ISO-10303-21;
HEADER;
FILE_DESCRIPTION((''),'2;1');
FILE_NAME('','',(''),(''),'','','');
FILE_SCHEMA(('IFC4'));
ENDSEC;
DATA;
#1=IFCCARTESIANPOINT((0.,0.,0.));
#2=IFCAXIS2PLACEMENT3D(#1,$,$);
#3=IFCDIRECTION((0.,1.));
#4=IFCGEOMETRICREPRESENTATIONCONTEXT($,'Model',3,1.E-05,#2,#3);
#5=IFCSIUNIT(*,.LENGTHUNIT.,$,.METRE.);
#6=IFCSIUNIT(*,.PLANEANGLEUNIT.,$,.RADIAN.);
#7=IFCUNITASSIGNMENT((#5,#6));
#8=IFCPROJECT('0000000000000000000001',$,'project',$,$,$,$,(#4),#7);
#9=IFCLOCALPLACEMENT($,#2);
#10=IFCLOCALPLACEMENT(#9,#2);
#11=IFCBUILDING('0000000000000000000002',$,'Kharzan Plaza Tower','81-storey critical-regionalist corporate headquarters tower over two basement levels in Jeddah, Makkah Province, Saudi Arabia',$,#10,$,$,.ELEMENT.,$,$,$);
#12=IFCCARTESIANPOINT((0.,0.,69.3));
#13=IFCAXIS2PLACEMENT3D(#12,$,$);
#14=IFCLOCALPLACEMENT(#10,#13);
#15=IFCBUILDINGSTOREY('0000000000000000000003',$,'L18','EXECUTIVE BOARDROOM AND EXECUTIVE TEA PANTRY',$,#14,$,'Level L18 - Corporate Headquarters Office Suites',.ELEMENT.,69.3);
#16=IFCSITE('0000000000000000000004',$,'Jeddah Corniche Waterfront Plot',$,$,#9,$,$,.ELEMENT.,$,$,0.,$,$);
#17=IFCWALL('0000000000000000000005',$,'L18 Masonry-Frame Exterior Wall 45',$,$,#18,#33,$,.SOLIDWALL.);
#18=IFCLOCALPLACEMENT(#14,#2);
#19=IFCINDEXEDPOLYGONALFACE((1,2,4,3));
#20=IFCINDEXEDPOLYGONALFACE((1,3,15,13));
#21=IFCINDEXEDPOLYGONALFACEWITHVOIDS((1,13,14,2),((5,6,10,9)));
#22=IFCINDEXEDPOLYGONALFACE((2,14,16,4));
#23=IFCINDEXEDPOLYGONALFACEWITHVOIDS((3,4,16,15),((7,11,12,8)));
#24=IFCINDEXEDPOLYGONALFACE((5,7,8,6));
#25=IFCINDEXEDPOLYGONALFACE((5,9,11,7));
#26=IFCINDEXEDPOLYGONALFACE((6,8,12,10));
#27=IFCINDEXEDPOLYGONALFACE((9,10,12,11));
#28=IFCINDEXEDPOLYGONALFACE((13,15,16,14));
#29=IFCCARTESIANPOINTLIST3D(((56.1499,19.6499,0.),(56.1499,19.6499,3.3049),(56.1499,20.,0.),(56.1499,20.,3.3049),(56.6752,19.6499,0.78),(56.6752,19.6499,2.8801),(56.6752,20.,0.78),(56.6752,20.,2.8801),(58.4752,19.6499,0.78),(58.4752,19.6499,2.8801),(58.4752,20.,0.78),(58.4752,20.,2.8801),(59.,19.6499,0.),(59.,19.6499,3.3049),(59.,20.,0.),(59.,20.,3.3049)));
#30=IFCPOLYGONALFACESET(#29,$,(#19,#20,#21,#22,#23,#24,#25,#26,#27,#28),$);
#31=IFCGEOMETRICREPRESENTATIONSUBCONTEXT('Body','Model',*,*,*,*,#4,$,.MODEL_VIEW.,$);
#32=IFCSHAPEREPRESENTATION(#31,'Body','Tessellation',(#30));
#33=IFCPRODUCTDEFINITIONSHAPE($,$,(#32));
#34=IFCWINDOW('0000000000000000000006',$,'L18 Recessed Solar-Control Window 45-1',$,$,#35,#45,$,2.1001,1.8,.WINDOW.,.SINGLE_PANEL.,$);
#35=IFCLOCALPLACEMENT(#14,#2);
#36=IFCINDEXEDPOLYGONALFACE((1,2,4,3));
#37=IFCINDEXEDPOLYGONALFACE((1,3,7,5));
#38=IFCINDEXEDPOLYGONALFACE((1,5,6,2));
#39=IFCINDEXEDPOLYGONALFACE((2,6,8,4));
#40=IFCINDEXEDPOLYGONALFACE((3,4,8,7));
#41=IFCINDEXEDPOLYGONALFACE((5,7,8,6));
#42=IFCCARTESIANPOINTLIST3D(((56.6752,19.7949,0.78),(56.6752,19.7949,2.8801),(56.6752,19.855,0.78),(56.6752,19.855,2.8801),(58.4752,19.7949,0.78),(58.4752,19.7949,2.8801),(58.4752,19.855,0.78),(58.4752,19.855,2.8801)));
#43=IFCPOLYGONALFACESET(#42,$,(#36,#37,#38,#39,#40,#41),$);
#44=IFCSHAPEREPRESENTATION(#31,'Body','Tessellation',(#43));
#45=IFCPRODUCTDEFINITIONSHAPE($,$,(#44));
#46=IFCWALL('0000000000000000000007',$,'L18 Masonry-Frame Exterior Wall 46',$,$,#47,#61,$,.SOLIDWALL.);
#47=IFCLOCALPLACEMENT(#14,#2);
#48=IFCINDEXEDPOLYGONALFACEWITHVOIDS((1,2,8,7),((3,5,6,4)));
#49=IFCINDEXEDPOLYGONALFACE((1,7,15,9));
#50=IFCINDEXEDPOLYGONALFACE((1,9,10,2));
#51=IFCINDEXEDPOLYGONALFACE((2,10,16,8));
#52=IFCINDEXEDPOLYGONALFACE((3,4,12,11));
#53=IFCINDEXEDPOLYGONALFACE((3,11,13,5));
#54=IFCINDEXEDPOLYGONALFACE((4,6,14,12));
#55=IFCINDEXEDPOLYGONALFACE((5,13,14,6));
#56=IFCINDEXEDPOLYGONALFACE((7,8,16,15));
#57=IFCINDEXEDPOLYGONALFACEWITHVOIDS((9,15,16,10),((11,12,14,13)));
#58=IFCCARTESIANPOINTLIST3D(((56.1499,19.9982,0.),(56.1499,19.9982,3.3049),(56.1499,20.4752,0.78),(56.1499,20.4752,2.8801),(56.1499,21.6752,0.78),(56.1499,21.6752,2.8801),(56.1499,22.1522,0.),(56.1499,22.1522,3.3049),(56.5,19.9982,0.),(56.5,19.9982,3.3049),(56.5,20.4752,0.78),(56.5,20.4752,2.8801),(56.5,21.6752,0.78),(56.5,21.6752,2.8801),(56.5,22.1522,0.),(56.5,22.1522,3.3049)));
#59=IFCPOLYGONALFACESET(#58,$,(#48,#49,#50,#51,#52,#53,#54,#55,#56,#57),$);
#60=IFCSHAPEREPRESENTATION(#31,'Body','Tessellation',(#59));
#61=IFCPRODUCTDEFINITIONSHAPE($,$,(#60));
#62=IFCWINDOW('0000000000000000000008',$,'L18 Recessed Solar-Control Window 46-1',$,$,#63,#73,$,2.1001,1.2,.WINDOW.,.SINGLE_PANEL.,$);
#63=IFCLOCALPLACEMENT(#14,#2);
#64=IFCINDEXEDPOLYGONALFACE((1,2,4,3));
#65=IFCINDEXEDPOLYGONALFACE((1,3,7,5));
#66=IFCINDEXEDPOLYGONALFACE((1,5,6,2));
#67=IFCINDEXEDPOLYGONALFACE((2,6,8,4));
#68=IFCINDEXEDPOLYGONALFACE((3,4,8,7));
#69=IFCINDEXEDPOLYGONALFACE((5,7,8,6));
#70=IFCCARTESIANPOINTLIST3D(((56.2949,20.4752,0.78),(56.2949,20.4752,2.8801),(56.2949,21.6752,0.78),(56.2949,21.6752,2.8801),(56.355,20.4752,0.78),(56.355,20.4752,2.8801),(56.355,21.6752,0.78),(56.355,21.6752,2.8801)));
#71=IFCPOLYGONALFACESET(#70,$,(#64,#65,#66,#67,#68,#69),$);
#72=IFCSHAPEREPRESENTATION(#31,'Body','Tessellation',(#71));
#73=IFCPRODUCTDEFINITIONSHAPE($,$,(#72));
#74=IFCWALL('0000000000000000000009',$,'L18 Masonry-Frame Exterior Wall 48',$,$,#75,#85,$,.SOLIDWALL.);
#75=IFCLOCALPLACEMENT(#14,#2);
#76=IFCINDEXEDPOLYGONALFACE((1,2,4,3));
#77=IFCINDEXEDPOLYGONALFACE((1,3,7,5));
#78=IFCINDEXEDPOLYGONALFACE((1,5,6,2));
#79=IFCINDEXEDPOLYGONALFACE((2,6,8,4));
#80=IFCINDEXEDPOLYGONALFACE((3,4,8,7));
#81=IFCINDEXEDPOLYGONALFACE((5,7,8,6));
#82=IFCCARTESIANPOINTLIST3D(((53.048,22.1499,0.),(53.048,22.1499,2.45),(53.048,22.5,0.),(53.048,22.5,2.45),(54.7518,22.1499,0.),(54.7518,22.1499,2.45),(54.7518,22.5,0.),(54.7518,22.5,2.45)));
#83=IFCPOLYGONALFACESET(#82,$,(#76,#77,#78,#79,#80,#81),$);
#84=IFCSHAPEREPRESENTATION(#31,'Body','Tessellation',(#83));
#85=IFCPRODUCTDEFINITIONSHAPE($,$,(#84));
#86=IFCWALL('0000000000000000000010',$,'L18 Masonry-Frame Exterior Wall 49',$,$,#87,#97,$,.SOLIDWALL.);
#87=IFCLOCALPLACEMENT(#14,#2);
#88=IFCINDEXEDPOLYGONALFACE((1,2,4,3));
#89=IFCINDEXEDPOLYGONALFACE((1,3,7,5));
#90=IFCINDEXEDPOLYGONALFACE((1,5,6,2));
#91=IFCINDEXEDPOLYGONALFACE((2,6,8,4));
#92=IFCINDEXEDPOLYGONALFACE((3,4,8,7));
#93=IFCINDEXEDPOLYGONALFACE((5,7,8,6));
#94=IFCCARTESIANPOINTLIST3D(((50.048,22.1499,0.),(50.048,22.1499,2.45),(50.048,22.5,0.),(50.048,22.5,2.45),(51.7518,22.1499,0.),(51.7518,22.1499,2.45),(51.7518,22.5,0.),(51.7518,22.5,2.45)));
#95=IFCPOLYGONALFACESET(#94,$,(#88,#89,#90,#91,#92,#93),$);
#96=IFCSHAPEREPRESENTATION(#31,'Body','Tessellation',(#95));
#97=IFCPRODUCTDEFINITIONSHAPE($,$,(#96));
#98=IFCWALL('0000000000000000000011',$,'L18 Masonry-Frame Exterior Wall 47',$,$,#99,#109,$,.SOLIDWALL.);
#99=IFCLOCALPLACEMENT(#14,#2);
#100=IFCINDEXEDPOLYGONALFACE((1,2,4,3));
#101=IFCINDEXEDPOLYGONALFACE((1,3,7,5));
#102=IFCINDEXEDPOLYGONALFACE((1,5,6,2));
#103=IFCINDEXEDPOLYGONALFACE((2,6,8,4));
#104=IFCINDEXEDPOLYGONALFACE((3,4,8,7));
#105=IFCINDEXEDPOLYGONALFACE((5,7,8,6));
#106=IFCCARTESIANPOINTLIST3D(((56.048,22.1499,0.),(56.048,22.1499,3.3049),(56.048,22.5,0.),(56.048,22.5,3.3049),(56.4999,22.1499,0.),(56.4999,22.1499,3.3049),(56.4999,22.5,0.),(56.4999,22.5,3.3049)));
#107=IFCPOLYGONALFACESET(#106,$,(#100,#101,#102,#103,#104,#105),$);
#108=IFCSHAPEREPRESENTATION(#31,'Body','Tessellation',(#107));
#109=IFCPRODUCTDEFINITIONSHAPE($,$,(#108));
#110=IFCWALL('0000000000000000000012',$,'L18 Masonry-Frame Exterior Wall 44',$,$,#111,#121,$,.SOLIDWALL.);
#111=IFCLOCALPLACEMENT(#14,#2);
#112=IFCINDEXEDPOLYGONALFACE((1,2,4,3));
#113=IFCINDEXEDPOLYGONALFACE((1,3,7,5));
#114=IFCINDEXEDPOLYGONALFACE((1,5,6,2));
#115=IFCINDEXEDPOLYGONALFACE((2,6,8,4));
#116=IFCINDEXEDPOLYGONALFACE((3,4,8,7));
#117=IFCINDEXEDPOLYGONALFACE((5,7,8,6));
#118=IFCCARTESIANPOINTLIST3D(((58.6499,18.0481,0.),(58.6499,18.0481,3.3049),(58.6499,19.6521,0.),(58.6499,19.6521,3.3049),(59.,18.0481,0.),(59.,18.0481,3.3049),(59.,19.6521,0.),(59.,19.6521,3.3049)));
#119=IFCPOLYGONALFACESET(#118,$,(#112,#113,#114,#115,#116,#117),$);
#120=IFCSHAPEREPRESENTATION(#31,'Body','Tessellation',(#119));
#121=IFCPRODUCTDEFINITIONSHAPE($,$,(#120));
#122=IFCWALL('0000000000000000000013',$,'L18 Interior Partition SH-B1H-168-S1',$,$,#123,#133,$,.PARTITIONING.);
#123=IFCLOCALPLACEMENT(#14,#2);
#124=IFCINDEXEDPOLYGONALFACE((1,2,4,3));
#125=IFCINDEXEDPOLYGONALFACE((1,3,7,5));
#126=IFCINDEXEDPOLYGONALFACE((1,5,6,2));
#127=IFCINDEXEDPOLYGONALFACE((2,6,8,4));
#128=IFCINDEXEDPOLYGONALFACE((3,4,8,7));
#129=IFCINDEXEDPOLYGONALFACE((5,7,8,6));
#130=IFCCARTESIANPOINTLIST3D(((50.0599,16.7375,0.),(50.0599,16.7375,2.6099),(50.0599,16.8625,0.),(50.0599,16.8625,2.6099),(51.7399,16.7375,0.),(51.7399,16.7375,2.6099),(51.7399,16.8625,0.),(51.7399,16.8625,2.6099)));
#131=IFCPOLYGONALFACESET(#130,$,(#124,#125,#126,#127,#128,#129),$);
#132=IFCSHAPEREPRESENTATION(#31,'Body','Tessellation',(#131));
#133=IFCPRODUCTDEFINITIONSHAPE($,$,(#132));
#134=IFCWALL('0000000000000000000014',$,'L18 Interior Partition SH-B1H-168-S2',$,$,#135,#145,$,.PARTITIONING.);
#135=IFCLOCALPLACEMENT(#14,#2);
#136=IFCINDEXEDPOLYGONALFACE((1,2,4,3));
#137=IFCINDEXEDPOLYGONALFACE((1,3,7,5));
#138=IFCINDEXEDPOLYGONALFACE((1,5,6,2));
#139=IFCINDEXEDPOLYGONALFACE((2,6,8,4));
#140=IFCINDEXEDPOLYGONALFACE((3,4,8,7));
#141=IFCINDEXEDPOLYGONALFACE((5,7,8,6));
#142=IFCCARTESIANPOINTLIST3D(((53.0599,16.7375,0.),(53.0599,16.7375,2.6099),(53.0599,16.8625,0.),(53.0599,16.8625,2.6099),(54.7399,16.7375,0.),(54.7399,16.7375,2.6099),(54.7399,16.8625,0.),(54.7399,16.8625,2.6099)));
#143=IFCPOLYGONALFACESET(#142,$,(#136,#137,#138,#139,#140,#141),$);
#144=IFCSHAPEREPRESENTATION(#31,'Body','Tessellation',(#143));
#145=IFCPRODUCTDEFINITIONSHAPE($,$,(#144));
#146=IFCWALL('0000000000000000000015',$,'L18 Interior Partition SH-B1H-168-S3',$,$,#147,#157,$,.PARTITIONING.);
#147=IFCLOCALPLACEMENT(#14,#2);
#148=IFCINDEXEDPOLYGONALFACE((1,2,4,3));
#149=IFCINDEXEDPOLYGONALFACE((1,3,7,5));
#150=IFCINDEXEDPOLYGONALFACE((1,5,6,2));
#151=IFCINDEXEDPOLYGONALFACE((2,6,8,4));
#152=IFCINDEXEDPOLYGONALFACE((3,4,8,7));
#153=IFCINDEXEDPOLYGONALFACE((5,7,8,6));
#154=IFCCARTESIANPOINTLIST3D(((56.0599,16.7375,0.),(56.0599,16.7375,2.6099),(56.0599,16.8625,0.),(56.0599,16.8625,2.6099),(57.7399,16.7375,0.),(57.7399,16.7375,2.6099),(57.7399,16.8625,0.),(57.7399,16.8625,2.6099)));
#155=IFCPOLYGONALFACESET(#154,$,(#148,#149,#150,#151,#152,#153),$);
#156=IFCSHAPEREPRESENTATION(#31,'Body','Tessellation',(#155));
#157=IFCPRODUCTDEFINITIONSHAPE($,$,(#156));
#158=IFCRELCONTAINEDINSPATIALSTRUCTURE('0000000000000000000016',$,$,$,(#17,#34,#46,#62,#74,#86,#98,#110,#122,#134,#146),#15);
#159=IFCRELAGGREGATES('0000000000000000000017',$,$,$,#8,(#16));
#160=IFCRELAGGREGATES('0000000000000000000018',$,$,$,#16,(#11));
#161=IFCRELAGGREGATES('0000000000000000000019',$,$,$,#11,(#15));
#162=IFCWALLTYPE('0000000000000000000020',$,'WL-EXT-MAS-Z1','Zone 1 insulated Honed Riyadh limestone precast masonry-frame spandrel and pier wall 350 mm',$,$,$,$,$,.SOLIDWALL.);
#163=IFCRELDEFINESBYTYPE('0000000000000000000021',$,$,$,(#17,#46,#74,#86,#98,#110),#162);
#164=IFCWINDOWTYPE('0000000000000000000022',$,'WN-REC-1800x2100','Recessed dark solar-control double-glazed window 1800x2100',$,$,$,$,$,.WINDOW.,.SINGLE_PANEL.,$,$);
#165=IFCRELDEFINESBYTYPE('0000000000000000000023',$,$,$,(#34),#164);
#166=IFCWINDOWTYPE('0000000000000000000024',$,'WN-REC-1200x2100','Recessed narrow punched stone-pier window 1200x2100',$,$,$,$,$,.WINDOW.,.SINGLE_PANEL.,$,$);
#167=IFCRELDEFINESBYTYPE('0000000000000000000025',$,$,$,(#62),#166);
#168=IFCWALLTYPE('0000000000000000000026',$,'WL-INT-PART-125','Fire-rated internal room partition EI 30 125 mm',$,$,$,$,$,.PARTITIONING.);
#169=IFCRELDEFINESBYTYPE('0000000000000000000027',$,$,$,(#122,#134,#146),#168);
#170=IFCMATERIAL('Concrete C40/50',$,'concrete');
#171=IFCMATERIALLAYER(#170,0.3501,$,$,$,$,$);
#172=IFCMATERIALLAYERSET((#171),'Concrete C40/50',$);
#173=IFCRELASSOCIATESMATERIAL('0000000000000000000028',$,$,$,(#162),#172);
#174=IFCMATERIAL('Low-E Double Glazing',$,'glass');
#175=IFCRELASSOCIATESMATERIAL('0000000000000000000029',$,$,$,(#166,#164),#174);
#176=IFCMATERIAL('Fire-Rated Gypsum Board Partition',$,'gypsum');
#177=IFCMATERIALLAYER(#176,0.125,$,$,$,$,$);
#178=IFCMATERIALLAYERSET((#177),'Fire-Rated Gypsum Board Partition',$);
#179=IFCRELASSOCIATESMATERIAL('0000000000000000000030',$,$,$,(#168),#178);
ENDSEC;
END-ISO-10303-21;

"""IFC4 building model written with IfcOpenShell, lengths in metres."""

from ifc_helpers import new_model, si_unit, direction, frame, frame_2d, origin, place, context, subcontext, project, spatial, rectangle, extrude, source, transform, mapped, material, layer, layer_set, type_object, element, fill, save


model = new_model("IFC4")

# Units and contexts
model_context = context("Model", 3, precision=1e-05, world=origin(), true_north=direction((0.0, 1.0)))
body_context = subcontext(model_context, "Body", "Model", "MODEL_VIEW")
ifc_project = project(units=[si_unit("LENGTHUNIT", "METRE"), si_unit("PLANEANGLEUNIT", "RADIAN")], contexts=[model_context])

# Site, building, storey
site_placement = place(None, origin())
site = spatial("IfcSite", under=ifc_project, at=site_placement, Name="Jeddah Corniche Waterfront Plot", CompositionType="ELEMENT", RefElevation=0.0)
building_placement = place(site_placement, origin())
building = spatial("IfcBuilding", under=site, at=building_placement, Name="Kharzan Plaza Tower", Description="81-storey critical-regionalist corporate headquarters tower over two basement levels in Jeddah, Makkah Province, Saudi Arabia", CompositionType="ELEMENT")
storey_placement = place(building_placement, frame((0.0, 0.0, 69.3)))
storey = spatial("IfcBuildingStorey", under=building, at=storey_placement, Name="L18", Description="EXECUTIVE BOARDROOM AND EXECUTIVE TEA PANTRY", LongName="Level L18 - Corporate Headquarters Office Suites", CompositionType="ELEMENT", Elevation=69.3)

# Walls, openings, windows
ifc_material_1 = material(Name="Concrete C40/50", Category="concrete")
ifc_layer_1 = layer(ifc_material_1, 0.3501)
ifc_layer_set_1 = layer_set([ifc_layer_1], Name="Concrete C40/50")
wall_type_1 = type_object("IfcWallType", Name="WL-EXT-MAS-Z1", Description="Zone 1 insulated Honed Riyadh limestone precast masonry-frame spandrel and pier wall 350 mm", PredefinedType="SOLIDWALL", material=ifc_layer_set_1)
ifc_material_2 = material(Name="Low-E Double Glazing", Category="glass")
window_type_1 = type_object("IfcWindowType", Name="WN-REC-1200x2100", Description="Recessed narrow punched stone-pier window 1200x2100", PartitioningType="SINGLE_PANEL", PredefinedType="WINDOW", material=ifc_material_2)
wall_1_placement = place(storey_placement, frame((59.0, 19.825, 0.0), z_axis=(0.0, 0.0, 1.0), x_axis=(-1.0, 0.0, 0.0)))
wall_1 = element("IfcWall", 1, at=wall_1_placement, inside=storey, type_object=wall_type_1, Name="L18 Masonry-Frame Exterior Wall 45", PredefinedType="SOLIDWALL", context=body_context, shape_type="SweptSolid", body=[
    extrude(rectangle(XDim=2.8501, YDim=0.3501, at=frame_2d((1.425, 0.0))), origin(), (0.0, 0.0, 1.0), 3.3049),
])
opening_1_placement = place(wall_1_placement, frame((0.5249, 0.0, 0.78)))
opening_1 = element("IfcOpeningElement", 2, at=opening_1_placement, cuts=wall_1, PredefinedType="OPENING", context=body_context, shape_type="SweptSolid", body=[
    extrude(rectangle(XDim=1.8, YDim=2.1001, at=frame_2d((0.8999, 1.05))), frame((0.0, 0.1851, 0.0), z_axis=(0.0, -1.0, 0.0), x_axis=(1.0, 0.0, 0.0)), (0.0, 0.0, 1.0), 0.3701),
])
window_type_2 = type_object("IfcWindowType", Name="WN-REC-1800x2100", Description="Recessed dark solar-control double-glazed window 1800x2100", PartitioningType="SINGLE_PANEL", PredefinedType="WINDOW", material=ifc_material_2)
shared_shape_1 = source(origin(), body_context, "Body", "SweptSolid", [
    extrude(rectangle(XDim=1.8, YDim=2.1001, at=frame_2d((0.8999, 1.05))), frame((0.0, 0.03, 0.0), z_axis=(0.0, -1.0, 0.0), x_axis=(1.0, 0.0, 0.0)), (0.0, 0.0, 1.0), 0.0601),
])
window_1_placement = place(opening_1_placement, origin())
window_1 = element("IfcWindow", 3, at=window_1_placement, inside=storey, type_object=window_type_2, Name="L18 Recessed Solar-Control Window 45-1", OverallHeight=2.1001, OverallWidth=1.8, PartitioningType="SINGLE_PANEL", PredefinedType="WINDOW", context=body_context, shape_type="MappedRepresentation", body=[
    mapped(shared_shape_1, transform((0.0, 0.0, 0.0), x_axis=(1.0, 0.0, 0.0), y_axis=(0.0, 1.0, 0.0), z_axis=(0.0, 0.0, 1.0))),
])
fill(opening_1, window_1)
wall_2_placement = place(storey_placement, frame((56.325, 19.998, 0.0), z_axis=(0.0, 0.0, 1.0), x_axis=(0.0, 1.0, 0.0)))
wall_2 = element("IfcWall", 4, at=wall_2_placement, inside=storey, type_object=wall_type_1, Name="L18 Masonry-Frame Exterior Wall 46", PredefinedType="SOLIDWALL", context=body_context, shape_type="SweptSolid", body=[
    extrude(rectangle(XDim=2.1541, YDim=0.3501, at=frame_2d((1.0771, 0.0))), origin(), (0.0, 0.0, 1.0), 3.3049),
])
opening_2_placement = place(wall_2_placement, frame((0.4771, 0.0, 0.78)))
opening_2 = element("IfcOpeningElement", 5, at=opening_2_placement, cuts=wall_2, PredefinedType="OPENING", context=body_context, shape_type="SweptSolid", body=[
    extrude(rectangle(XDim=1.2, YDim=2.1001, at=frame_2d((0.6001, 1.05))), frame((0.0, 0.1851, 0.0), z_axis=(0.0, -1.0, 0.0), x_axis=(1.0, 0.0, 0.0)), (0.0, 0.0, 1.0), 0.3701),
])
shared_shape_2 = source(origin(), body_context, "Body", "SweptSolid", [
    extrude(rectangle(XDim=1.2, YDim=2.1001, at=frame_2d((0.6001, 1.05))), frame((0.0, 0.03, 0.0), z_axis=(0.0, -1.0, 0.0), x_axis=(1.0, 0.0, 0.0)), (0.0, 0.0, 1.0), 0.0601),
])
window_2_placement = place(opening_2_placement, origin())
window_2 = element("IfcWindow", 6, at=window_2_placement, inside=storey, type_object=window_type_1, Name="L18 Recessed Solar-Control Window 46-1", OverallHeight=2.1001, OverallWidth=1.2, PartitioningType="SINGLE_PANEL", PredefinedType="WINDOW", context=body_context, shape_type="MappedRepresentation", body=[
    mapped(shared_shape_2, transform((0.0, 0.0, 0.0), x_axis=(1.0, 0.0, 0.0), y_axis=(0.0, 1.0, 0.0), z_axis=(0.0, 0.0, 1.0))),
])
fill(opening_2, window_2)

# Walls
shared_shape_3 = source(origin(), body_context, "Body", "SweptSolid", [
    extrude(rectangle(XDim=1.7039, YDim=0.3501, at=frame_2d((0.8521, 0.0))), origin(), (0.0, 0.0, 1.0), 2.45),
])
for number, where, z_axis, x_axis, name in (
    (7, (54.752, 22.325, 0.0), (0.0, 0.0, 1.0), (-1.0, 0.0, 0.0), "L18 Masonry-Frame Exterior Wall 48"),
    (8, (51.752, 22.325, 0.0), (0.0, 0.0, 1.0), (-1.0, 0.0, 0.0), "L18 Masonry-Frame Exterior Wall 49"),
):
    element("IfcWall", number, at=place(storey_placement, frame(where, z_axis=z_axis, x_axis=x_axis)), inside=storey, type_object=wall_type_1, Name=name, PredefinedType="SOLIDWALL", context=body_context, shape_type="MappedRepresentation", body=[
        mapped(shared_shape_3, transform((0.0, 0.0, 0.0), x_axis=(1.0, 0.0, 0.0), y_axis=(0.0, 1.0, 0.0), z_axis=(0.0, 0.0, 1.0))),
    ])
shared_shape_4 = source(origin(), body_context, "Body", "SweptSolid", [
    extrude(rectangle(XDim=0.4519, YDim=0.3501, at=frame_2d((0.2261, 0.0))), origin(), (0.0, 0.0, 1.0), 3.3049),
])
wall_3_placement = place(storey_placement, frame((56.5, 22.325, 0.0), z_axis=(0.0, 0.0, 1.0), x_axis=(-1.0, 0.0, 0.0)))
element("IfcWall", 9, at=wall_3_placement, inside=storey, type_object=wall_type_1, Name="L18 Masonry-Frame Exterior Wall 47", PredefinedType="SOLIDWALL", context=body_context, shape_type="MappedRepresentation", body=[
    mapped(shared_shape_4, transform((0.0, 0.0, 0.0), x_axis=(1.0, 0.0, 0.0), y_axis=(0.0, 1.0, 0.0), z_axis=(0.0, 0.0, 1.0))),
])
shared_shape_5 = source(origin(), body_context, "Body", "SweptSolid", [
    extrude(rectangle(XDim=1.604, YDim=0.3501, at=frame_2d((0.802, 0.0))), origin(), (0.0, 0.0, 1.0), 3.3049),
])
wall_4_placement = place(storey_placement, frame((58.825, 18.0481, 0.0), z_axis=(0.0, 0.0, 1.0), x_axis=(0.0, 1.0, 0.0)))
element("IfcWall", 10, at=wall_4_placement, inside=storey, type_object=wall_type_1, Name="L18 Masonry-Frame Exterior Wall 44", PredefinedType="SOLIDWALL", context=body_context, shape_type="MappedRepresentation", body=[
    mapped(shared_shape_5, transform((0.0, 0.0, 0.0), x_axis=(1.0, 0.0, 0.0), y_axis=(0.0, 1.0, 0.0), z_axis=(0.0, 0.0, 1.0))),
])
ifc_material_3 = material(Name="Fire-Rated Gypsum Board Partition", Category="gypsum")
ifc_layer_2 = layer(ifc_material_3, 0.125)
ifc_layer_set_2 = layer_set([ifc_layer_2], Name="Fire-Rated Gypsum Board Partition")
wall_type_2 = type_object("IfcWallType", Name="WL-INT-PART-125", Description="Fire-rated internal room partition EI 30 125 mm", PredefinedType="PARTITIONING", material=ifc_layer_set_2)
shared_shape_6 = source(origin(), body_context, "Body", "SweptSolid", [
    extrude(rectangle(XDim=1.6799, YDim=0.125, at=frame_2d((0.8398, 0.0))), origin(), (0.0, 0.0, 1.0), 2.6099),
])
for number, where, z_axis, x_axis, name in (
    (11, (50.0601, 16.8, 0.0), (0.0, 0.0, 1.0), (1.0, 0.0, 0.0), "L18 Interior Partition SH-B1H-168-S1"),
    (12, (53.0601, 16.8, 0.0), (0.0, 0.0, 1.0), (1.0, 0.0, 0.0), "L18 Interior Partition SH-B1H-168-S2"),
    (13, (56.0601, 16.8, 0.0), (0.0, 0.0, 1.0), (1.0, 0.0, 0.0), "L18 Interior Partition SH-B1H-168-S3"),
):
    element("IfcWall", number, at=place(storey_placement, frame(where, z_axis=z_axis, x_axis=x_axis)), inside=storey, type_object=wall_type_2, Name=name, PredefinedType="PARTITIONING", context=body_context, shape_type="MappedRepresentation", body=[
        mapped(shared_shape_6, transform((0.0, 0.0, 0.0), x_axis=(1.0, 0.0, 0.0), y_axis=(0.0, 1.0, 0.0), z_axis=(0.0, 0.0, 1.0))),
    ])

save(model, "model.ifc")
